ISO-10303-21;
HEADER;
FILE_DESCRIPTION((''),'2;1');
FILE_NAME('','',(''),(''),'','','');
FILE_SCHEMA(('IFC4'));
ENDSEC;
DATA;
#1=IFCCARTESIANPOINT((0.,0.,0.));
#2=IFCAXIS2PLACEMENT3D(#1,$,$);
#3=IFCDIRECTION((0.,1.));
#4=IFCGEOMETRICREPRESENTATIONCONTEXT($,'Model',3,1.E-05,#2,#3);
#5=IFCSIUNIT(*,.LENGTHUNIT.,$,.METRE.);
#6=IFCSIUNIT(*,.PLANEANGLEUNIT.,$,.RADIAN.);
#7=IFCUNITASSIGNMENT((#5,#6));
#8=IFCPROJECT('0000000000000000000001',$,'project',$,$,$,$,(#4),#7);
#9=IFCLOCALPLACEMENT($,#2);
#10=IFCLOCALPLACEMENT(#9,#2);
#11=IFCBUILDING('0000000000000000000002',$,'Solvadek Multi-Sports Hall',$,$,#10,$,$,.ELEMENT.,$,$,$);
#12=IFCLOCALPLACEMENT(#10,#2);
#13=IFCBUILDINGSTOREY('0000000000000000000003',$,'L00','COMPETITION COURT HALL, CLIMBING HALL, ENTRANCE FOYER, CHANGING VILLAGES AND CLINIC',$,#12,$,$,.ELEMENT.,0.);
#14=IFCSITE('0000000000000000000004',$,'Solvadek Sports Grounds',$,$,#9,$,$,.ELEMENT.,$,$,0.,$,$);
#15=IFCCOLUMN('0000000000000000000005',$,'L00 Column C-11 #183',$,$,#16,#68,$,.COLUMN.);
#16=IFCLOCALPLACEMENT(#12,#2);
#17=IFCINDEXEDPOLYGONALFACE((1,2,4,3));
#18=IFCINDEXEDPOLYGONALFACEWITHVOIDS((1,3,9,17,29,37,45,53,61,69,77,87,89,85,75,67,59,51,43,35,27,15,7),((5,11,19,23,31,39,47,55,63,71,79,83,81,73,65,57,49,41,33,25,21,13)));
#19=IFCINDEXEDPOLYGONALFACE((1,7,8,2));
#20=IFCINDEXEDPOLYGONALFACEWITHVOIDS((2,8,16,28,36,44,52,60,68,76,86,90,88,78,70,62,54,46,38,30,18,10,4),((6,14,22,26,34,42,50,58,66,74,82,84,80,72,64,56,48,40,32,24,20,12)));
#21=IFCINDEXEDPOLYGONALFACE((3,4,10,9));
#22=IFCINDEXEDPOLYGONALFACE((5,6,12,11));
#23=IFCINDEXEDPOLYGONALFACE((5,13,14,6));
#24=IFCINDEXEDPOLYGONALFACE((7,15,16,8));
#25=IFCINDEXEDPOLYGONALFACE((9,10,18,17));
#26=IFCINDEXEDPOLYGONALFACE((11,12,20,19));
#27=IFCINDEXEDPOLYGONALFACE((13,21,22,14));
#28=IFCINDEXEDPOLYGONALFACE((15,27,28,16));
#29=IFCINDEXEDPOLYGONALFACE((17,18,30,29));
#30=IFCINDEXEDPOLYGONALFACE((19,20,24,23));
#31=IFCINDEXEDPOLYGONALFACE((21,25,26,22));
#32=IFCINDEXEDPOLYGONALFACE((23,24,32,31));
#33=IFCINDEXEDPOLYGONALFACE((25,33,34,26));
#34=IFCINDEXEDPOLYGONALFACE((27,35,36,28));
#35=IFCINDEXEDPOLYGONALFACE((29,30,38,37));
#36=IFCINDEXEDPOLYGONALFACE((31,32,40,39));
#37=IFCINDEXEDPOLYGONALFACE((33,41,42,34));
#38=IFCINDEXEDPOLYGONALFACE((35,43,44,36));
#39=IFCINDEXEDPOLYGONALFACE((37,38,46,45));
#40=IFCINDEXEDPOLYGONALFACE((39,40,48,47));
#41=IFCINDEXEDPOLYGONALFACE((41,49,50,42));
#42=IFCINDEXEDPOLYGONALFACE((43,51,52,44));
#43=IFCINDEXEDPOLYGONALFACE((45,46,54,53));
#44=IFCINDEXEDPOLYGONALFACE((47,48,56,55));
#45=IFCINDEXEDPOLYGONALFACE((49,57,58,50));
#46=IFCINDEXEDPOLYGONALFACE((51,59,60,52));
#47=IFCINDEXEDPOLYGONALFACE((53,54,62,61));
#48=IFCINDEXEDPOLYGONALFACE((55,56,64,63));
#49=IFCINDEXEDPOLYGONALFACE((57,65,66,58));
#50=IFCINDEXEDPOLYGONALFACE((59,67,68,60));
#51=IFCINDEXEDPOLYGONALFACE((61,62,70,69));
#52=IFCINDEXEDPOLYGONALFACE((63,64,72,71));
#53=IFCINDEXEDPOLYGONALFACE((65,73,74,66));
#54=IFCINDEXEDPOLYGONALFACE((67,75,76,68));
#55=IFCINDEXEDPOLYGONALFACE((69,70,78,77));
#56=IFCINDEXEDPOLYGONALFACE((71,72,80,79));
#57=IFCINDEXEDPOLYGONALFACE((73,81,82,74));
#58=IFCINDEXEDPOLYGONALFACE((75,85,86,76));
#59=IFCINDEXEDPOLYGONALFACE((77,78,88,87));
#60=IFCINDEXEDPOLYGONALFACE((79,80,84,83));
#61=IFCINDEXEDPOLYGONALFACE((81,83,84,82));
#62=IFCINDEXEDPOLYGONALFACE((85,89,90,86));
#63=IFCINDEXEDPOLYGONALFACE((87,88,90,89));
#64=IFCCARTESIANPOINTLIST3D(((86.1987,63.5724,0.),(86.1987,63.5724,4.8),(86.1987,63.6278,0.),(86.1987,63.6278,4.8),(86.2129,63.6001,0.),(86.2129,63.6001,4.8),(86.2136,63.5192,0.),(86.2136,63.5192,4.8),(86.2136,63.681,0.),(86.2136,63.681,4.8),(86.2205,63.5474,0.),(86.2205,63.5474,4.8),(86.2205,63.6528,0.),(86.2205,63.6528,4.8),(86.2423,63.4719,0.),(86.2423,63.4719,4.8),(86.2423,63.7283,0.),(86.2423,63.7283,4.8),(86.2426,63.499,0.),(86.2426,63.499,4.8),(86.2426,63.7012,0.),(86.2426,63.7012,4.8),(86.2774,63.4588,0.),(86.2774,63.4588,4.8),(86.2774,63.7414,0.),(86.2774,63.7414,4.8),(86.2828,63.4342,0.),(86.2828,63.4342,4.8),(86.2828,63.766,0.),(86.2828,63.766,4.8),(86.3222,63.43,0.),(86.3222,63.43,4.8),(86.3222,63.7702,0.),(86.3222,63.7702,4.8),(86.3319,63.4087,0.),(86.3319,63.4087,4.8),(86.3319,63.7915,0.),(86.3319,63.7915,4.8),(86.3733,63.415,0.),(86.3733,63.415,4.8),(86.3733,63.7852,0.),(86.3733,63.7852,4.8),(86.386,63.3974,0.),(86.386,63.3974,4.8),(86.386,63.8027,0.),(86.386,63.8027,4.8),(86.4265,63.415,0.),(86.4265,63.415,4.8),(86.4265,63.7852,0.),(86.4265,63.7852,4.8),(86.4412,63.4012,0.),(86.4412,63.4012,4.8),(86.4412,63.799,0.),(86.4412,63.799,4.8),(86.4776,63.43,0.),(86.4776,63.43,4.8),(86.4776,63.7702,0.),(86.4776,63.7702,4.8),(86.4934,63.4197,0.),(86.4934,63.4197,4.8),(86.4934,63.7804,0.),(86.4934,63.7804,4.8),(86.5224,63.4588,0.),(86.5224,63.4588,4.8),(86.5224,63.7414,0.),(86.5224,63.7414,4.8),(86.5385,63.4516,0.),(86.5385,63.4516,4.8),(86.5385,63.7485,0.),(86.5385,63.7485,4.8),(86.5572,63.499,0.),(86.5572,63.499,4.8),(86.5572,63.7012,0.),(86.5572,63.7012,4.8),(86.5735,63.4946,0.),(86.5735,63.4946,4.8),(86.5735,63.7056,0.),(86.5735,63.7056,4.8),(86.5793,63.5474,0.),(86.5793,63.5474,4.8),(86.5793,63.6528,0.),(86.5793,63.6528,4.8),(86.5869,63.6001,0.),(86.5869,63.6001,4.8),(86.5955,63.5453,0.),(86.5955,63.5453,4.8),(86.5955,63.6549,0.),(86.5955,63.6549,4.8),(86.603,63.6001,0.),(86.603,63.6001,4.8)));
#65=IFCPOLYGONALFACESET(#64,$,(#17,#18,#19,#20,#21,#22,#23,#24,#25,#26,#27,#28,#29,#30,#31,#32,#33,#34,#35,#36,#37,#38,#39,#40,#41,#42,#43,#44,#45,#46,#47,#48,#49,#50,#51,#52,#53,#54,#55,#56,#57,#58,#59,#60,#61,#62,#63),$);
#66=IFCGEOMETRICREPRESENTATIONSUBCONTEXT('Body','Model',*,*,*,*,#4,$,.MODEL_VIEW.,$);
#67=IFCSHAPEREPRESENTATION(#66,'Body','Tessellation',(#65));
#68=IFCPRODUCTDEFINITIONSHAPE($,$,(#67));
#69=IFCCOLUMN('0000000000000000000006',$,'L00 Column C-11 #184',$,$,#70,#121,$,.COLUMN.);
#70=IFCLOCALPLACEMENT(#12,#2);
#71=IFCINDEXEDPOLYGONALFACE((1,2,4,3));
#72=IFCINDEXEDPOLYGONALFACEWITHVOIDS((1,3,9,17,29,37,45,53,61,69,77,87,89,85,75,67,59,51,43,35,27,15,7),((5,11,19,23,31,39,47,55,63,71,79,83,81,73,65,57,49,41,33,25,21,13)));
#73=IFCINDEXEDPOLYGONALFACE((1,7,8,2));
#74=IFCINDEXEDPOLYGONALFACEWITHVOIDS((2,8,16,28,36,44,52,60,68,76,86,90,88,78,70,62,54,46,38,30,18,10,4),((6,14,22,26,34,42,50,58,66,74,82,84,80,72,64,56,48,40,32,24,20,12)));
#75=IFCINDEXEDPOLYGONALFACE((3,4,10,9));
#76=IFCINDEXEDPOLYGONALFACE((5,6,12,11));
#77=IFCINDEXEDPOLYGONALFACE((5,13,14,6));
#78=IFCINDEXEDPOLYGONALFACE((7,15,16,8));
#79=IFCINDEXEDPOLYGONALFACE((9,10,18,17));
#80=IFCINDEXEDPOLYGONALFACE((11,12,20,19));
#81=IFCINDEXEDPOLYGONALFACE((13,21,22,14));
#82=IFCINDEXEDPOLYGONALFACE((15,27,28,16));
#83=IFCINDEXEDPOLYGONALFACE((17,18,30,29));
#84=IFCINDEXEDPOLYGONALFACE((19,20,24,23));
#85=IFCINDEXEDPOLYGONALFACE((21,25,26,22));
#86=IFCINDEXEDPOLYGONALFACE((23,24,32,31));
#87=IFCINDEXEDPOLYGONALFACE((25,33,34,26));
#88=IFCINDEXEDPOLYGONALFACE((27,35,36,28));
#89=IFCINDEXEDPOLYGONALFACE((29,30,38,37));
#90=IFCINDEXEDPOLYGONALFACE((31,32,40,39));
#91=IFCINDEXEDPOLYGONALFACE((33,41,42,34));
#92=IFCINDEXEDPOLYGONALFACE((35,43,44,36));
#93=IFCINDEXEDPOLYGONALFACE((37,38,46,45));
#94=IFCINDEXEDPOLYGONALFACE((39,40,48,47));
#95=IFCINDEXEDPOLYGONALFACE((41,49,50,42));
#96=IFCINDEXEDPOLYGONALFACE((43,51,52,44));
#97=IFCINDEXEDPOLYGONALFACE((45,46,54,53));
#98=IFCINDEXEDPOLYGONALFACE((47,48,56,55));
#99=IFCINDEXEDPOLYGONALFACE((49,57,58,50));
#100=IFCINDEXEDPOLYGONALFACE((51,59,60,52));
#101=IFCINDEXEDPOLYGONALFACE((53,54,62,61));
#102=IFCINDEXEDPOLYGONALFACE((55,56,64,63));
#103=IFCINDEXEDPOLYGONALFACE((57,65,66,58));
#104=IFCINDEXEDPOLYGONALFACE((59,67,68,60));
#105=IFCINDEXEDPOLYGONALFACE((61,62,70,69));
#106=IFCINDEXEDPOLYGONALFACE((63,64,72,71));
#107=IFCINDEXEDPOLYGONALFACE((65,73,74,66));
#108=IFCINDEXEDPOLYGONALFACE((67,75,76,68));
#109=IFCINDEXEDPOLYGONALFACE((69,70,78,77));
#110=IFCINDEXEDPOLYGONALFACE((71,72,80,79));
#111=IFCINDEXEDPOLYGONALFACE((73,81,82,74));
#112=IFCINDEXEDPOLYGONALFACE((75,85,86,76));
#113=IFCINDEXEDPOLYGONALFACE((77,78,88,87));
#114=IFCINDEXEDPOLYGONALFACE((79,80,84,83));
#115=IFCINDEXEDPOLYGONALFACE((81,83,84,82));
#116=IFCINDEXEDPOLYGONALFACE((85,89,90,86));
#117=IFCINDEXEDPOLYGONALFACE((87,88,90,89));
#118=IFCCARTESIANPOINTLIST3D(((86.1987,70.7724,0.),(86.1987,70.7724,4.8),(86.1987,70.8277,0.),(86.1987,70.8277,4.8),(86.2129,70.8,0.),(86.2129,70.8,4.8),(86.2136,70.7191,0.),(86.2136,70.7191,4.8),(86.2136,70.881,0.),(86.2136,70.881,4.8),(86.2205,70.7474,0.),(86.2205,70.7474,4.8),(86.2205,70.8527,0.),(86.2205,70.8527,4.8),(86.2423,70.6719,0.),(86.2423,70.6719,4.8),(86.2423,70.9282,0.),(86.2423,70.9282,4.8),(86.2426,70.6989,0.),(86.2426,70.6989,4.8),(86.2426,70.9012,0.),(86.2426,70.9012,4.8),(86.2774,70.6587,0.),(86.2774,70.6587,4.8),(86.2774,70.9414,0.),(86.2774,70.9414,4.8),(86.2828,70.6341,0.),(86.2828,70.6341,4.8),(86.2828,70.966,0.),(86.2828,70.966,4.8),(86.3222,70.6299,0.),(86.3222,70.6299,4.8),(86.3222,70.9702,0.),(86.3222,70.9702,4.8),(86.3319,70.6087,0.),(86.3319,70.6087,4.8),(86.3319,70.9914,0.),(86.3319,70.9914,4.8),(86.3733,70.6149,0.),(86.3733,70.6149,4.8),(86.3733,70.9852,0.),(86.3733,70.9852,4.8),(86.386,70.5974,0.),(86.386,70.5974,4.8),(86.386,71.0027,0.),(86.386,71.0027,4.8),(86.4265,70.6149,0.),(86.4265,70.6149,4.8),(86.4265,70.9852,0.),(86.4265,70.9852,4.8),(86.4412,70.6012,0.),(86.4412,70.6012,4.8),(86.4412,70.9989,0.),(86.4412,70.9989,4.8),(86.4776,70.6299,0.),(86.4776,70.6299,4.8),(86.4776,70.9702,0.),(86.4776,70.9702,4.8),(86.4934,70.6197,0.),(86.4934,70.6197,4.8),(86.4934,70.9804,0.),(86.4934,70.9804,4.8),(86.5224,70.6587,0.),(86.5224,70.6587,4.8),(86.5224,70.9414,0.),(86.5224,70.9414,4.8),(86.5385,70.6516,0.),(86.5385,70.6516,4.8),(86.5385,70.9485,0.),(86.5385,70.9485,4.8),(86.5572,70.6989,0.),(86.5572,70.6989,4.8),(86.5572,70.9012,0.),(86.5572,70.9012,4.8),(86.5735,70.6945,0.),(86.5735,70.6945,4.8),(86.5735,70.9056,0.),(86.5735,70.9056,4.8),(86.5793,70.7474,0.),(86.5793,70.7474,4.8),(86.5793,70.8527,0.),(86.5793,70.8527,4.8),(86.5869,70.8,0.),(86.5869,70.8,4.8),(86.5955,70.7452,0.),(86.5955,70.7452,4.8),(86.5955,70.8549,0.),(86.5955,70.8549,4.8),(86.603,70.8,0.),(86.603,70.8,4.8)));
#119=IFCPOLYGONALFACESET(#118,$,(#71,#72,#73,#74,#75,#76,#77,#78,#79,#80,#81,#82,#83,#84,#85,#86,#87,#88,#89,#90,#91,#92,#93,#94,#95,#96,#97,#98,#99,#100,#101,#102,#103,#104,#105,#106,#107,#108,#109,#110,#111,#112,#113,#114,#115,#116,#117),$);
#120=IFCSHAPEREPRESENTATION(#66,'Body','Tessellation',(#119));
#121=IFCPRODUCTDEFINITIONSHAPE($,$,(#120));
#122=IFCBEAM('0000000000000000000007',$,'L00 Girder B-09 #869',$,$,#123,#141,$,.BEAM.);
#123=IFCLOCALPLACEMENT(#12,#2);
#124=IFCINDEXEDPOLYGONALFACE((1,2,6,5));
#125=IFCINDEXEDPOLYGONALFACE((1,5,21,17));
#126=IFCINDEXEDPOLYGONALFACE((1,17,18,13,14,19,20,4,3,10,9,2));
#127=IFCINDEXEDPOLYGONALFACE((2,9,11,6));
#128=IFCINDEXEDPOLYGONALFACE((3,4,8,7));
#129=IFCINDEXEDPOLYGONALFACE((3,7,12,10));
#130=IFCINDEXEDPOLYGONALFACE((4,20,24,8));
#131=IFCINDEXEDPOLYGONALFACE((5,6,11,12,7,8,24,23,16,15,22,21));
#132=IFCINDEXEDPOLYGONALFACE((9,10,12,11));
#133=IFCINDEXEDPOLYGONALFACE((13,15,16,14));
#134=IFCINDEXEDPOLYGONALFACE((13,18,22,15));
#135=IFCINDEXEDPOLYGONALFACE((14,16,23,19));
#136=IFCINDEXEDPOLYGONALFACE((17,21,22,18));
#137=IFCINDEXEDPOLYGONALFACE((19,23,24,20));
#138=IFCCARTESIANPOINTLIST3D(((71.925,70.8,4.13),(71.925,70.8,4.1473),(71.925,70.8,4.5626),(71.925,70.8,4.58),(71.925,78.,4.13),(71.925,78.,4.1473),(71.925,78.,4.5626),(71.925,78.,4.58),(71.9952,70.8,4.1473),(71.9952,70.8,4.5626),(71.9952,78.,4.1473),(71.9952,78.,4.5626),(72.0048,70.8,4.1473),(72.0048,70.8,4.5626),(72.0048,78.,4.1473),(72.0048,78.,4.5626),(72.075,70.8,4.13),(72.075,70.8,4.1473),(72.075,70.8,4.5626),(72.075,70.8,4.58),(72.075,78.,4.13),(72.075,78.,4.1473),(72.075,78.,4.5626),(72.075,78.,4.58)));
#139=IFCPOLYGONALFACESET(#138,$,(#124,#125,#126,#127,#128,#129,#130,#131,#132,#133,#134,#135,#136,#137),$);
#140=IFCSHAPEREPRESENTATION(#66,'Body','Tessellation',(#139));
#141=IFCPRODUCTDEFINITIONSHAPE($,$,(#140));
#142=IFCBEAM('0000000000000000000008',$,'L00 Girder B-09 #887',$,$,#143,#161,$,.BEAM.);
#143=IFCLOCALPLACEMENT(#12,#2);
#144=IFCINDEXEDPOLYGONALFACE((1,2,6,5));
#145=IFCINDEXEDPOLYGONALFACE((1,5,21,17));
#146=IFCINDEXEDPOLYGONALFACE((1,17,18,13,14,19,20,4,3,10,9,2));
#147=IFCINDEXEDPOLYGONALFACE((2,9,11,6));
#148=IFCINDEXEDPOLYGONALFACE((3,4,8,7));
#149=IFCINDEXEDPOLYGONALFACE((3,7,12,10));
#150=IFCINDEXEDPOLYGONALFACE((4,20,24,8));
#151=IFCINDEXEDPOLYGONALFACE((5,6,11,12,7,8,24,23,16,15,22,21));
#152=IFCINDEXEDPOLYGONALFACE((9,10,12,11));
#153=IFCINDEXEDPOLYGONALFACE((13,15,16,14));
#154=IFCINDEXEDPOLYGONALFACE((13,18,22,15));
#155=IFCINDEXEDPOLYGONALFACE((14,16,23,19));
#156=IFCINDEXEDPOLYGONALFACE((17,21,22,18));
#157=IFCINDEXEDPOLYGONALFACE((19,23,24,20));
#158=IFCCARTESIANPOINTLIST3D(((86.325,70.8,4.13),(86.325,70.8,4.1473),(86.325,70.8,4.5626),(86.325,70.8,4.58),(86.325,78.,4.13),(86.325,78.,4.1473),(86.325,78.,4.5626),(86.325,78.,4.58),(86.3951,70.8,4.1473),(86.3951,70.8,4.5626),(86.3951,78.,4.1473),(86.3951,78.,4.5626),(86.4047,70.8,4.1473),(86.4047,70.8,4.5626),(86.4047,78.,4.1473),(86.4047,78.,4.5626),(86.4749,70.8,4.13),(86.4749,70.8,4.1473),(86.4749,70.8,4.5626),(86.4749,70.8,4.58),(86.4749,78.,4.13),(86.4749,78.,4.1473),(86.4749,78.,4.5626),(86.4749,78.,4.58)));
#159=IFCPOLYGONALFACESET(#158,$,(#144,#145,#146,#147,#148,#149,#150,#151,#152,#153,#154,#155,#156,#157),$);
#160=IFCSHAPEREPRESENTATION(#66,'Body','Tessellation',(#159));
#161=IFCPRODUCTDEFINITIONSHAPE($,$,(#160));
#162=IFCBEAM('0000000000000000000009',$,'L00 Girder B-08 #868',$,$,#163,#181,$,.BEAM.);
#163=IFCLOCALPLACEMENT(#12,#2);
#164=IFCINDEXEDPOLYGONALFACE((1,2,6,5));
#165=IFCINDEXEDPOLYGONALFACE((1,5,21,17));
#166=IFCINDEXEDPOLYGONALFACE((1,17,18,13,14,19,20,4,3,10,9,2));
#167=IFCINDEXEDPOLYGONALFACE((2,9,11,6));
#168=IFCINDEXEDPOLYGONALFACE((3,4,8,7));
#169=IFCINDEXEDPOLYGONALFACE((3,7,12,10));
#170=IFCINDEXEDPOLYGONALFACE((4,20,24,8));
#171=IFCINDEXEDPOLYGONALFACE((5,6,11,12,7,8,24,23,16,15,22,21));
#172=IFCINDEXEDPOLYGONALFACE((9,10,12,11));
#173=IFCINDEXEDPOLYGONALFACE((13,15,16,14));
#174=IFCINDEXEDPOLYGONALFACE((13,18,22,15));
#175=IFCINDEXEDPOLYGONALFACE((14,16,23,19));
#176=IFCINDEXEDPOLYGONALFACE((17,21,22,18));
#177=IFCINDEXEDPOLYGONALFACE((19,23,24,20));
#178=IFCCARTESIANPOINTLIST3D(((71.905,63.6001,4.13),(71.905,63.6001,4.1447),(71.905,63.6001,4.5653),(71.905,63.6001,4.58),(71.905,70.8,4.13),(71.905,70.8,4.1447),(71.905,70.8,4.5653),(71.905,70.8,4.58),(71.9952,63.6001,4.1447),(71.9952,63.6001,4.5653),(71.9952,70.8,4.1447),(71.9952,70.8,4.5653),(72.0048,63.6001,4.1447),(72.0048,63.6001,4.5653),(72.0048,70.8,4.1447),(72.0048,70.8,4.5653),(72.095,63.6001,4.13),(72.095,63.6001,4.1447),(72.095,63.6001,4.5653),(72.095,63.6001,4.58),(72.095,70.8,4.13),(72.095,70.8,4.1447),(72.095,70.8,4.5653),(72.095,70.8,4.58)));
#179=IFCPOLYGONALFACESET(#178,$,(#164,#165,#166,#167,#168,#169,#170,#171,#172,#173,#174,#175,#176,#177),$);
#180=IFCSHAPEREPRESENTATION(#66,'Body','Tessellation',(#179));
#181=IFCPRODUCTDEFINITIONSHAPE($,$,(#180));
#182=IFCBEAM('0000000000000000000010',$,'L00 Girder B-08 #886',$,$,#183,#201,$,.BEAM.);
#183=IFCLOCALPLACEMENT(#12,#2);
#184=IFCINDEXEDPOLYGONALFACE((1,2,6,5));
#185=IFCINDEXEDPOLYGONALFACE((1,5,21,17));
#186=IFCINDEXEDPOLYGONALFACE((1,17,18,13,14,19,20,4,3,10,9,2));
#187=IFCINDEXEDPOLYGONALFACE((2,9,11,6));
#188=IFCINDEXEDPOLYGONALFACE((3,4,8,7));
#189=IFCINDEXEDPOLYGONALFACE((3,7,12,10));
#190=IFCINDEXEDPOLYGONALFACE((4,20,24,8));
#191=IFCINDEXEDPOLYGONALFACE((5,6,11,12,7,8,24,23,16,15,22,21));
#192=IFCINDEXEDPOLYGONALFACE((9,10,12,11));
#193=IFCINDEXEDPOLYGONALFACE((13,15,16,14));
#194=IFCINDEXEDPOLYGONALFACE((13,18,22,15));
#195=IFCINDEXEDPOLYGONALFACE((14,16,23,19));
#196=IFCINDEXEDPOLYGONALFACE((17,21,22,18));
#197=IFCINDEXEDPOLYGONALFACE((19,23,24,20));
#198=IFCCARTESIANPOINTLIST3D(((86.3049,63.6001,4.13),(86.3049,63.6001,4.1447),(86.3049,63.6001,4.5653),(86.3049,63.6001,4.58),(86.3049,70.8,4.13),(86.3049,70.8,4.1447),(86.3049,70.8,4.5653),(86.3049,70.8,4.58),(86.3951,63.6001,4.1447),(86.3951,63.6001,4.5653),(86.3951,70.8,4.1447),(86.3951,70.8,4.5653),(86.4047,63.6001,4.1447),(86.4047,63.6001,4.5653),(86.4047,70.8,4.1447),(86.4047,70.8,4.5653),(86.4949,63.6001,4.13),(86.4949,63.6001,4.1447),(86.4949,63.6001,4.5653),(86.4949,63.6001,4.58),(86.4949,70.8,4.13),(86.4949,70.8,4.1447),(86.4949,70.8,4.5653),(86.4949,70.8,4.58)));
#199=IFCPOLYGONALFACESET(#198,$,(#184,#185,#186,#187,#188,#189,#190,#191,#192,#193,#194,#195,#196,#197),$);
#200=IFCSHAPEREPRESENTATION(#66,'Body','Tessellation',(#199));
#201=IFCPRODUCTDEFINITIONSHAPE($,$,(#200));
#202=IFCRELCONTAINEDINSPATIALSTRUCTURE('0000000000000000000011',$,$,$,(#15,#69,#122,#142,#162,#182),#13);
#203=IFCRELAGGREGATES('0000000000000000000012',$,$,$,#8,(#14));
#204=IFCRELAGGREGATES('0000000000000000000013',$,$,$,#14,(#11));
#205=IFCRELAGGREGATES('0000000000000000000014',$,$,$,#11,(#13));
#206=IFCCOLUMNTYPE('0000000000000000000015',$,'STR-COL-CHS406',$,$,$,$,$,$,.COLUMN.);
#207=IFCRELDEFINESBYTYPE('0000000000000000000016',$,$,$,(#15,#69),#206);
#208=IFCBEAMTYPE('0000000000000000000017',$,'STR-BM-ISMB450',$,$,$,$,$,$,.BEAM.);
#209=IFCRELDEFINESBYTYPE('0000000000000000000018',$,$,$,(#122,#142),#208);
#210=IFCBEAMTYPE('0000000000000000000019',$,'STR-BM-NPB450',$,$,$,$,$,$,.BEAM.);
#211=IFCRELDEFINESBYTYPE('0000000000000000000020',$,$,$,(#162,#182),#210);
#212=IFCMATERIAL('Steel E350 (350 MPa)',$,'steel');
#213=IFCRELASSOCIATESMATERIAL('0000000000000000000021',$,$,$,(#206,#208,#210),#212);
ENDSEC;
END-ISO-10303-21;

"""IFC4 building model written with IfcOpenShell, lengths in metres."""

from ifc_helpers import new_model, si_unit, direction, frame, origin, origin_2d, place, context, subcontext, project, spatial, hollow_circle, i_section, extrude, material, material_profile, profile_set, type_object, element, save


model = new_model("IFC4")

# Units and contexts
model_context = context("Model", 3, precision=1e-05, world=origin(), true_north=direction((0.0, 1.0)))
body_context = subcontext(model_context, "Body", "Model", "MODEL_VIEW")
ifc_project = project(units=[si_unit("LENGTHUNIT", "METRE"), si_unit("PLANEANGLEUNIT", "RADIAN")], contexts=[model_context])

# Site, building, storey
site_placement = place(None, origin())
site = spatial("IfcSite", under=ifc_project, at=site_placement, Name="Solvadek Sports Grounds", CompositionType="ELEMENT", RefElevation=0.0)
building_placement = place(site_placement, origin())
building = spatial("IfcBuilding", under=site, at=building_placement, Name="Solvadek Multi-Sports Hall", CompositionType="ELEMENT")
storey_placement = place(building_placement, origin())
storey = spatial("IfcBuildingStorey", under=building, at=storey_placement, Name="L00", Description="COMPETITION COURT HALL, CLIMBING HALL, ENTRANCE FOYER, CHANGING VILLAGES AND CLINIC", CompositionType="ELEMENT", Elevation=0.0)

# Columns
ifc_material_1 = material(Name="Steel E350 (350 MPa)", Category="steel")
ifc_material_profile_1 = material_profile(ifc_material_1, hollow_circle(Radius=0.2031, WallThickness=0.0161, at=origin_2d()), Name="CHS 406.4x16")
ifc_profile_set_1 = profile_set([ifc_material_profile_1], Name="Steel E350 (350 MPa)")
column_type = type_object("IfcColumnType", Name="STR-COL-CHS406", PredefinedType="COLUMN", material=ifc_profile_set_1)
for number, where, z_axis, x_axis, name in (
    (1, (86.3999, 63.6001, 0.0), (0.0, 0.0, 1.0), (1.0, 0.0, 0.0), "L00 Column C-11 #183"),
    (2, (86.3999, 70.8, 0.0), (0.0, 0.0, 1.0), (1.0, 0.0, 0.0), "L00 Column C-11 #184"),
):
    element("IfcColumn", number, at=place(storey_placement, frame(where, z_axis=z_axis, x_axis=x_axis)), inside=storey, type_object=column_type, Name=name, PredefinedType="COLUMN", context=body_context, shape_type="SweptSolid", body=[
        extrude(hollow_circle(Radius=0.2031, WallThickness=0.0161, at=origin_2d()), origin(), (0.0, 0.0, 1.0), 4.8),
    ])

# Beams
ifc_material_profile_2 = material_profile(ifc_material_1, i_section(OverallWidth=0.1499, OverallDepth=0.45, WebThickness=0.0095, FlangeThickness=0.0173, at=origin_2d()), Name="ISMB 450")
ifc_profile_set_2 = profile_set([ifc_material_profile_2], Name="Steel E350 (350 MPa)")
beam_type_1 = type_object("IfcBeamType", Name="STR-BM-ISMB450", PredefinedType="BEAM", material=ifc_profile_set_2)
for number, where, z_axis, x_axis, name in (
    (3, (72.0, 70.8, 4.355), (0.0, 1.0, 0.0), (-1.0, 0.0, 0.0), "L00 Girder B-09 #869"),
    (4, (86.3999, 70.8, 4.355), (0.0, 1.0, 0.0), (-1.0, 0.0, 0.0), "L00 Girder B-09 #887"),
):
    element("IfcBeam", number, at=place(storey_placement, frame(where, z_axis=z_axis, x_axis=x_axis)), inside=storey, type_object=beam_type_1, Name=name, PredefinedType="BEAM", context=body_context, shape_type="SweptSolid", body=[
        extrude(i_section(OverallWidth=0.1499, OverallDepth=0.45, WebThickness=0.0095, FlangeThickness=0.0173, at=origin_2d()), origin(), (0.0, 0.0, 1.0), 7.2),
    ])
ifc_material_profile_3 = material_profile(ifc_material_1, i_section(OverallWidth=0.1899, OverallDepth=0.45, WebThickness=0.0095, FlangeThickness=0.0146, at=origin_2d()), Name="NPB 450")
ifc_profile_set_3 = profile_set([ifc_material_profile_3], Name="Steel E350 (350 MPa)")
beam_type_2 = type_object("IfcBeamType", Name="STR-BM-NPB450", PredefinedType="BEAM", material=ifc_profile_set_3)
for number, where, z_axis, x_axis, name in (
    (5, (72.0, 63.6001, 4.355), (0.0, 1.0, 0.0), (-1.0, 0.0, 0.0), "L00 Girder B-08 #868"),
    (6, (86.3999, 63.6001, 4.355), (0.0, 1.0, 0.0), (-1.0, 0.0, 0.0), "L00 Girder B-08 #886"),
):
    element("IfcBeam", number, at=place(storey_placement, frame(where, z_axis=z_axis, x_axis=x_axis)), inside=storey, type_object=beam_type_2, Name=name, PredefinedType="BEAM", context=body_context, shape_type="SweptSolid", body=[
        extrude(i_section(OverallWidth=0.1899, OverallDepth=0.45, WebThickness=0.0095, FlangeThickness=0.0146, at=origin_2d()), origin(), (0.0, 0.0, 1.0), 7.2),
    ])

save(model, "model.ifc")
